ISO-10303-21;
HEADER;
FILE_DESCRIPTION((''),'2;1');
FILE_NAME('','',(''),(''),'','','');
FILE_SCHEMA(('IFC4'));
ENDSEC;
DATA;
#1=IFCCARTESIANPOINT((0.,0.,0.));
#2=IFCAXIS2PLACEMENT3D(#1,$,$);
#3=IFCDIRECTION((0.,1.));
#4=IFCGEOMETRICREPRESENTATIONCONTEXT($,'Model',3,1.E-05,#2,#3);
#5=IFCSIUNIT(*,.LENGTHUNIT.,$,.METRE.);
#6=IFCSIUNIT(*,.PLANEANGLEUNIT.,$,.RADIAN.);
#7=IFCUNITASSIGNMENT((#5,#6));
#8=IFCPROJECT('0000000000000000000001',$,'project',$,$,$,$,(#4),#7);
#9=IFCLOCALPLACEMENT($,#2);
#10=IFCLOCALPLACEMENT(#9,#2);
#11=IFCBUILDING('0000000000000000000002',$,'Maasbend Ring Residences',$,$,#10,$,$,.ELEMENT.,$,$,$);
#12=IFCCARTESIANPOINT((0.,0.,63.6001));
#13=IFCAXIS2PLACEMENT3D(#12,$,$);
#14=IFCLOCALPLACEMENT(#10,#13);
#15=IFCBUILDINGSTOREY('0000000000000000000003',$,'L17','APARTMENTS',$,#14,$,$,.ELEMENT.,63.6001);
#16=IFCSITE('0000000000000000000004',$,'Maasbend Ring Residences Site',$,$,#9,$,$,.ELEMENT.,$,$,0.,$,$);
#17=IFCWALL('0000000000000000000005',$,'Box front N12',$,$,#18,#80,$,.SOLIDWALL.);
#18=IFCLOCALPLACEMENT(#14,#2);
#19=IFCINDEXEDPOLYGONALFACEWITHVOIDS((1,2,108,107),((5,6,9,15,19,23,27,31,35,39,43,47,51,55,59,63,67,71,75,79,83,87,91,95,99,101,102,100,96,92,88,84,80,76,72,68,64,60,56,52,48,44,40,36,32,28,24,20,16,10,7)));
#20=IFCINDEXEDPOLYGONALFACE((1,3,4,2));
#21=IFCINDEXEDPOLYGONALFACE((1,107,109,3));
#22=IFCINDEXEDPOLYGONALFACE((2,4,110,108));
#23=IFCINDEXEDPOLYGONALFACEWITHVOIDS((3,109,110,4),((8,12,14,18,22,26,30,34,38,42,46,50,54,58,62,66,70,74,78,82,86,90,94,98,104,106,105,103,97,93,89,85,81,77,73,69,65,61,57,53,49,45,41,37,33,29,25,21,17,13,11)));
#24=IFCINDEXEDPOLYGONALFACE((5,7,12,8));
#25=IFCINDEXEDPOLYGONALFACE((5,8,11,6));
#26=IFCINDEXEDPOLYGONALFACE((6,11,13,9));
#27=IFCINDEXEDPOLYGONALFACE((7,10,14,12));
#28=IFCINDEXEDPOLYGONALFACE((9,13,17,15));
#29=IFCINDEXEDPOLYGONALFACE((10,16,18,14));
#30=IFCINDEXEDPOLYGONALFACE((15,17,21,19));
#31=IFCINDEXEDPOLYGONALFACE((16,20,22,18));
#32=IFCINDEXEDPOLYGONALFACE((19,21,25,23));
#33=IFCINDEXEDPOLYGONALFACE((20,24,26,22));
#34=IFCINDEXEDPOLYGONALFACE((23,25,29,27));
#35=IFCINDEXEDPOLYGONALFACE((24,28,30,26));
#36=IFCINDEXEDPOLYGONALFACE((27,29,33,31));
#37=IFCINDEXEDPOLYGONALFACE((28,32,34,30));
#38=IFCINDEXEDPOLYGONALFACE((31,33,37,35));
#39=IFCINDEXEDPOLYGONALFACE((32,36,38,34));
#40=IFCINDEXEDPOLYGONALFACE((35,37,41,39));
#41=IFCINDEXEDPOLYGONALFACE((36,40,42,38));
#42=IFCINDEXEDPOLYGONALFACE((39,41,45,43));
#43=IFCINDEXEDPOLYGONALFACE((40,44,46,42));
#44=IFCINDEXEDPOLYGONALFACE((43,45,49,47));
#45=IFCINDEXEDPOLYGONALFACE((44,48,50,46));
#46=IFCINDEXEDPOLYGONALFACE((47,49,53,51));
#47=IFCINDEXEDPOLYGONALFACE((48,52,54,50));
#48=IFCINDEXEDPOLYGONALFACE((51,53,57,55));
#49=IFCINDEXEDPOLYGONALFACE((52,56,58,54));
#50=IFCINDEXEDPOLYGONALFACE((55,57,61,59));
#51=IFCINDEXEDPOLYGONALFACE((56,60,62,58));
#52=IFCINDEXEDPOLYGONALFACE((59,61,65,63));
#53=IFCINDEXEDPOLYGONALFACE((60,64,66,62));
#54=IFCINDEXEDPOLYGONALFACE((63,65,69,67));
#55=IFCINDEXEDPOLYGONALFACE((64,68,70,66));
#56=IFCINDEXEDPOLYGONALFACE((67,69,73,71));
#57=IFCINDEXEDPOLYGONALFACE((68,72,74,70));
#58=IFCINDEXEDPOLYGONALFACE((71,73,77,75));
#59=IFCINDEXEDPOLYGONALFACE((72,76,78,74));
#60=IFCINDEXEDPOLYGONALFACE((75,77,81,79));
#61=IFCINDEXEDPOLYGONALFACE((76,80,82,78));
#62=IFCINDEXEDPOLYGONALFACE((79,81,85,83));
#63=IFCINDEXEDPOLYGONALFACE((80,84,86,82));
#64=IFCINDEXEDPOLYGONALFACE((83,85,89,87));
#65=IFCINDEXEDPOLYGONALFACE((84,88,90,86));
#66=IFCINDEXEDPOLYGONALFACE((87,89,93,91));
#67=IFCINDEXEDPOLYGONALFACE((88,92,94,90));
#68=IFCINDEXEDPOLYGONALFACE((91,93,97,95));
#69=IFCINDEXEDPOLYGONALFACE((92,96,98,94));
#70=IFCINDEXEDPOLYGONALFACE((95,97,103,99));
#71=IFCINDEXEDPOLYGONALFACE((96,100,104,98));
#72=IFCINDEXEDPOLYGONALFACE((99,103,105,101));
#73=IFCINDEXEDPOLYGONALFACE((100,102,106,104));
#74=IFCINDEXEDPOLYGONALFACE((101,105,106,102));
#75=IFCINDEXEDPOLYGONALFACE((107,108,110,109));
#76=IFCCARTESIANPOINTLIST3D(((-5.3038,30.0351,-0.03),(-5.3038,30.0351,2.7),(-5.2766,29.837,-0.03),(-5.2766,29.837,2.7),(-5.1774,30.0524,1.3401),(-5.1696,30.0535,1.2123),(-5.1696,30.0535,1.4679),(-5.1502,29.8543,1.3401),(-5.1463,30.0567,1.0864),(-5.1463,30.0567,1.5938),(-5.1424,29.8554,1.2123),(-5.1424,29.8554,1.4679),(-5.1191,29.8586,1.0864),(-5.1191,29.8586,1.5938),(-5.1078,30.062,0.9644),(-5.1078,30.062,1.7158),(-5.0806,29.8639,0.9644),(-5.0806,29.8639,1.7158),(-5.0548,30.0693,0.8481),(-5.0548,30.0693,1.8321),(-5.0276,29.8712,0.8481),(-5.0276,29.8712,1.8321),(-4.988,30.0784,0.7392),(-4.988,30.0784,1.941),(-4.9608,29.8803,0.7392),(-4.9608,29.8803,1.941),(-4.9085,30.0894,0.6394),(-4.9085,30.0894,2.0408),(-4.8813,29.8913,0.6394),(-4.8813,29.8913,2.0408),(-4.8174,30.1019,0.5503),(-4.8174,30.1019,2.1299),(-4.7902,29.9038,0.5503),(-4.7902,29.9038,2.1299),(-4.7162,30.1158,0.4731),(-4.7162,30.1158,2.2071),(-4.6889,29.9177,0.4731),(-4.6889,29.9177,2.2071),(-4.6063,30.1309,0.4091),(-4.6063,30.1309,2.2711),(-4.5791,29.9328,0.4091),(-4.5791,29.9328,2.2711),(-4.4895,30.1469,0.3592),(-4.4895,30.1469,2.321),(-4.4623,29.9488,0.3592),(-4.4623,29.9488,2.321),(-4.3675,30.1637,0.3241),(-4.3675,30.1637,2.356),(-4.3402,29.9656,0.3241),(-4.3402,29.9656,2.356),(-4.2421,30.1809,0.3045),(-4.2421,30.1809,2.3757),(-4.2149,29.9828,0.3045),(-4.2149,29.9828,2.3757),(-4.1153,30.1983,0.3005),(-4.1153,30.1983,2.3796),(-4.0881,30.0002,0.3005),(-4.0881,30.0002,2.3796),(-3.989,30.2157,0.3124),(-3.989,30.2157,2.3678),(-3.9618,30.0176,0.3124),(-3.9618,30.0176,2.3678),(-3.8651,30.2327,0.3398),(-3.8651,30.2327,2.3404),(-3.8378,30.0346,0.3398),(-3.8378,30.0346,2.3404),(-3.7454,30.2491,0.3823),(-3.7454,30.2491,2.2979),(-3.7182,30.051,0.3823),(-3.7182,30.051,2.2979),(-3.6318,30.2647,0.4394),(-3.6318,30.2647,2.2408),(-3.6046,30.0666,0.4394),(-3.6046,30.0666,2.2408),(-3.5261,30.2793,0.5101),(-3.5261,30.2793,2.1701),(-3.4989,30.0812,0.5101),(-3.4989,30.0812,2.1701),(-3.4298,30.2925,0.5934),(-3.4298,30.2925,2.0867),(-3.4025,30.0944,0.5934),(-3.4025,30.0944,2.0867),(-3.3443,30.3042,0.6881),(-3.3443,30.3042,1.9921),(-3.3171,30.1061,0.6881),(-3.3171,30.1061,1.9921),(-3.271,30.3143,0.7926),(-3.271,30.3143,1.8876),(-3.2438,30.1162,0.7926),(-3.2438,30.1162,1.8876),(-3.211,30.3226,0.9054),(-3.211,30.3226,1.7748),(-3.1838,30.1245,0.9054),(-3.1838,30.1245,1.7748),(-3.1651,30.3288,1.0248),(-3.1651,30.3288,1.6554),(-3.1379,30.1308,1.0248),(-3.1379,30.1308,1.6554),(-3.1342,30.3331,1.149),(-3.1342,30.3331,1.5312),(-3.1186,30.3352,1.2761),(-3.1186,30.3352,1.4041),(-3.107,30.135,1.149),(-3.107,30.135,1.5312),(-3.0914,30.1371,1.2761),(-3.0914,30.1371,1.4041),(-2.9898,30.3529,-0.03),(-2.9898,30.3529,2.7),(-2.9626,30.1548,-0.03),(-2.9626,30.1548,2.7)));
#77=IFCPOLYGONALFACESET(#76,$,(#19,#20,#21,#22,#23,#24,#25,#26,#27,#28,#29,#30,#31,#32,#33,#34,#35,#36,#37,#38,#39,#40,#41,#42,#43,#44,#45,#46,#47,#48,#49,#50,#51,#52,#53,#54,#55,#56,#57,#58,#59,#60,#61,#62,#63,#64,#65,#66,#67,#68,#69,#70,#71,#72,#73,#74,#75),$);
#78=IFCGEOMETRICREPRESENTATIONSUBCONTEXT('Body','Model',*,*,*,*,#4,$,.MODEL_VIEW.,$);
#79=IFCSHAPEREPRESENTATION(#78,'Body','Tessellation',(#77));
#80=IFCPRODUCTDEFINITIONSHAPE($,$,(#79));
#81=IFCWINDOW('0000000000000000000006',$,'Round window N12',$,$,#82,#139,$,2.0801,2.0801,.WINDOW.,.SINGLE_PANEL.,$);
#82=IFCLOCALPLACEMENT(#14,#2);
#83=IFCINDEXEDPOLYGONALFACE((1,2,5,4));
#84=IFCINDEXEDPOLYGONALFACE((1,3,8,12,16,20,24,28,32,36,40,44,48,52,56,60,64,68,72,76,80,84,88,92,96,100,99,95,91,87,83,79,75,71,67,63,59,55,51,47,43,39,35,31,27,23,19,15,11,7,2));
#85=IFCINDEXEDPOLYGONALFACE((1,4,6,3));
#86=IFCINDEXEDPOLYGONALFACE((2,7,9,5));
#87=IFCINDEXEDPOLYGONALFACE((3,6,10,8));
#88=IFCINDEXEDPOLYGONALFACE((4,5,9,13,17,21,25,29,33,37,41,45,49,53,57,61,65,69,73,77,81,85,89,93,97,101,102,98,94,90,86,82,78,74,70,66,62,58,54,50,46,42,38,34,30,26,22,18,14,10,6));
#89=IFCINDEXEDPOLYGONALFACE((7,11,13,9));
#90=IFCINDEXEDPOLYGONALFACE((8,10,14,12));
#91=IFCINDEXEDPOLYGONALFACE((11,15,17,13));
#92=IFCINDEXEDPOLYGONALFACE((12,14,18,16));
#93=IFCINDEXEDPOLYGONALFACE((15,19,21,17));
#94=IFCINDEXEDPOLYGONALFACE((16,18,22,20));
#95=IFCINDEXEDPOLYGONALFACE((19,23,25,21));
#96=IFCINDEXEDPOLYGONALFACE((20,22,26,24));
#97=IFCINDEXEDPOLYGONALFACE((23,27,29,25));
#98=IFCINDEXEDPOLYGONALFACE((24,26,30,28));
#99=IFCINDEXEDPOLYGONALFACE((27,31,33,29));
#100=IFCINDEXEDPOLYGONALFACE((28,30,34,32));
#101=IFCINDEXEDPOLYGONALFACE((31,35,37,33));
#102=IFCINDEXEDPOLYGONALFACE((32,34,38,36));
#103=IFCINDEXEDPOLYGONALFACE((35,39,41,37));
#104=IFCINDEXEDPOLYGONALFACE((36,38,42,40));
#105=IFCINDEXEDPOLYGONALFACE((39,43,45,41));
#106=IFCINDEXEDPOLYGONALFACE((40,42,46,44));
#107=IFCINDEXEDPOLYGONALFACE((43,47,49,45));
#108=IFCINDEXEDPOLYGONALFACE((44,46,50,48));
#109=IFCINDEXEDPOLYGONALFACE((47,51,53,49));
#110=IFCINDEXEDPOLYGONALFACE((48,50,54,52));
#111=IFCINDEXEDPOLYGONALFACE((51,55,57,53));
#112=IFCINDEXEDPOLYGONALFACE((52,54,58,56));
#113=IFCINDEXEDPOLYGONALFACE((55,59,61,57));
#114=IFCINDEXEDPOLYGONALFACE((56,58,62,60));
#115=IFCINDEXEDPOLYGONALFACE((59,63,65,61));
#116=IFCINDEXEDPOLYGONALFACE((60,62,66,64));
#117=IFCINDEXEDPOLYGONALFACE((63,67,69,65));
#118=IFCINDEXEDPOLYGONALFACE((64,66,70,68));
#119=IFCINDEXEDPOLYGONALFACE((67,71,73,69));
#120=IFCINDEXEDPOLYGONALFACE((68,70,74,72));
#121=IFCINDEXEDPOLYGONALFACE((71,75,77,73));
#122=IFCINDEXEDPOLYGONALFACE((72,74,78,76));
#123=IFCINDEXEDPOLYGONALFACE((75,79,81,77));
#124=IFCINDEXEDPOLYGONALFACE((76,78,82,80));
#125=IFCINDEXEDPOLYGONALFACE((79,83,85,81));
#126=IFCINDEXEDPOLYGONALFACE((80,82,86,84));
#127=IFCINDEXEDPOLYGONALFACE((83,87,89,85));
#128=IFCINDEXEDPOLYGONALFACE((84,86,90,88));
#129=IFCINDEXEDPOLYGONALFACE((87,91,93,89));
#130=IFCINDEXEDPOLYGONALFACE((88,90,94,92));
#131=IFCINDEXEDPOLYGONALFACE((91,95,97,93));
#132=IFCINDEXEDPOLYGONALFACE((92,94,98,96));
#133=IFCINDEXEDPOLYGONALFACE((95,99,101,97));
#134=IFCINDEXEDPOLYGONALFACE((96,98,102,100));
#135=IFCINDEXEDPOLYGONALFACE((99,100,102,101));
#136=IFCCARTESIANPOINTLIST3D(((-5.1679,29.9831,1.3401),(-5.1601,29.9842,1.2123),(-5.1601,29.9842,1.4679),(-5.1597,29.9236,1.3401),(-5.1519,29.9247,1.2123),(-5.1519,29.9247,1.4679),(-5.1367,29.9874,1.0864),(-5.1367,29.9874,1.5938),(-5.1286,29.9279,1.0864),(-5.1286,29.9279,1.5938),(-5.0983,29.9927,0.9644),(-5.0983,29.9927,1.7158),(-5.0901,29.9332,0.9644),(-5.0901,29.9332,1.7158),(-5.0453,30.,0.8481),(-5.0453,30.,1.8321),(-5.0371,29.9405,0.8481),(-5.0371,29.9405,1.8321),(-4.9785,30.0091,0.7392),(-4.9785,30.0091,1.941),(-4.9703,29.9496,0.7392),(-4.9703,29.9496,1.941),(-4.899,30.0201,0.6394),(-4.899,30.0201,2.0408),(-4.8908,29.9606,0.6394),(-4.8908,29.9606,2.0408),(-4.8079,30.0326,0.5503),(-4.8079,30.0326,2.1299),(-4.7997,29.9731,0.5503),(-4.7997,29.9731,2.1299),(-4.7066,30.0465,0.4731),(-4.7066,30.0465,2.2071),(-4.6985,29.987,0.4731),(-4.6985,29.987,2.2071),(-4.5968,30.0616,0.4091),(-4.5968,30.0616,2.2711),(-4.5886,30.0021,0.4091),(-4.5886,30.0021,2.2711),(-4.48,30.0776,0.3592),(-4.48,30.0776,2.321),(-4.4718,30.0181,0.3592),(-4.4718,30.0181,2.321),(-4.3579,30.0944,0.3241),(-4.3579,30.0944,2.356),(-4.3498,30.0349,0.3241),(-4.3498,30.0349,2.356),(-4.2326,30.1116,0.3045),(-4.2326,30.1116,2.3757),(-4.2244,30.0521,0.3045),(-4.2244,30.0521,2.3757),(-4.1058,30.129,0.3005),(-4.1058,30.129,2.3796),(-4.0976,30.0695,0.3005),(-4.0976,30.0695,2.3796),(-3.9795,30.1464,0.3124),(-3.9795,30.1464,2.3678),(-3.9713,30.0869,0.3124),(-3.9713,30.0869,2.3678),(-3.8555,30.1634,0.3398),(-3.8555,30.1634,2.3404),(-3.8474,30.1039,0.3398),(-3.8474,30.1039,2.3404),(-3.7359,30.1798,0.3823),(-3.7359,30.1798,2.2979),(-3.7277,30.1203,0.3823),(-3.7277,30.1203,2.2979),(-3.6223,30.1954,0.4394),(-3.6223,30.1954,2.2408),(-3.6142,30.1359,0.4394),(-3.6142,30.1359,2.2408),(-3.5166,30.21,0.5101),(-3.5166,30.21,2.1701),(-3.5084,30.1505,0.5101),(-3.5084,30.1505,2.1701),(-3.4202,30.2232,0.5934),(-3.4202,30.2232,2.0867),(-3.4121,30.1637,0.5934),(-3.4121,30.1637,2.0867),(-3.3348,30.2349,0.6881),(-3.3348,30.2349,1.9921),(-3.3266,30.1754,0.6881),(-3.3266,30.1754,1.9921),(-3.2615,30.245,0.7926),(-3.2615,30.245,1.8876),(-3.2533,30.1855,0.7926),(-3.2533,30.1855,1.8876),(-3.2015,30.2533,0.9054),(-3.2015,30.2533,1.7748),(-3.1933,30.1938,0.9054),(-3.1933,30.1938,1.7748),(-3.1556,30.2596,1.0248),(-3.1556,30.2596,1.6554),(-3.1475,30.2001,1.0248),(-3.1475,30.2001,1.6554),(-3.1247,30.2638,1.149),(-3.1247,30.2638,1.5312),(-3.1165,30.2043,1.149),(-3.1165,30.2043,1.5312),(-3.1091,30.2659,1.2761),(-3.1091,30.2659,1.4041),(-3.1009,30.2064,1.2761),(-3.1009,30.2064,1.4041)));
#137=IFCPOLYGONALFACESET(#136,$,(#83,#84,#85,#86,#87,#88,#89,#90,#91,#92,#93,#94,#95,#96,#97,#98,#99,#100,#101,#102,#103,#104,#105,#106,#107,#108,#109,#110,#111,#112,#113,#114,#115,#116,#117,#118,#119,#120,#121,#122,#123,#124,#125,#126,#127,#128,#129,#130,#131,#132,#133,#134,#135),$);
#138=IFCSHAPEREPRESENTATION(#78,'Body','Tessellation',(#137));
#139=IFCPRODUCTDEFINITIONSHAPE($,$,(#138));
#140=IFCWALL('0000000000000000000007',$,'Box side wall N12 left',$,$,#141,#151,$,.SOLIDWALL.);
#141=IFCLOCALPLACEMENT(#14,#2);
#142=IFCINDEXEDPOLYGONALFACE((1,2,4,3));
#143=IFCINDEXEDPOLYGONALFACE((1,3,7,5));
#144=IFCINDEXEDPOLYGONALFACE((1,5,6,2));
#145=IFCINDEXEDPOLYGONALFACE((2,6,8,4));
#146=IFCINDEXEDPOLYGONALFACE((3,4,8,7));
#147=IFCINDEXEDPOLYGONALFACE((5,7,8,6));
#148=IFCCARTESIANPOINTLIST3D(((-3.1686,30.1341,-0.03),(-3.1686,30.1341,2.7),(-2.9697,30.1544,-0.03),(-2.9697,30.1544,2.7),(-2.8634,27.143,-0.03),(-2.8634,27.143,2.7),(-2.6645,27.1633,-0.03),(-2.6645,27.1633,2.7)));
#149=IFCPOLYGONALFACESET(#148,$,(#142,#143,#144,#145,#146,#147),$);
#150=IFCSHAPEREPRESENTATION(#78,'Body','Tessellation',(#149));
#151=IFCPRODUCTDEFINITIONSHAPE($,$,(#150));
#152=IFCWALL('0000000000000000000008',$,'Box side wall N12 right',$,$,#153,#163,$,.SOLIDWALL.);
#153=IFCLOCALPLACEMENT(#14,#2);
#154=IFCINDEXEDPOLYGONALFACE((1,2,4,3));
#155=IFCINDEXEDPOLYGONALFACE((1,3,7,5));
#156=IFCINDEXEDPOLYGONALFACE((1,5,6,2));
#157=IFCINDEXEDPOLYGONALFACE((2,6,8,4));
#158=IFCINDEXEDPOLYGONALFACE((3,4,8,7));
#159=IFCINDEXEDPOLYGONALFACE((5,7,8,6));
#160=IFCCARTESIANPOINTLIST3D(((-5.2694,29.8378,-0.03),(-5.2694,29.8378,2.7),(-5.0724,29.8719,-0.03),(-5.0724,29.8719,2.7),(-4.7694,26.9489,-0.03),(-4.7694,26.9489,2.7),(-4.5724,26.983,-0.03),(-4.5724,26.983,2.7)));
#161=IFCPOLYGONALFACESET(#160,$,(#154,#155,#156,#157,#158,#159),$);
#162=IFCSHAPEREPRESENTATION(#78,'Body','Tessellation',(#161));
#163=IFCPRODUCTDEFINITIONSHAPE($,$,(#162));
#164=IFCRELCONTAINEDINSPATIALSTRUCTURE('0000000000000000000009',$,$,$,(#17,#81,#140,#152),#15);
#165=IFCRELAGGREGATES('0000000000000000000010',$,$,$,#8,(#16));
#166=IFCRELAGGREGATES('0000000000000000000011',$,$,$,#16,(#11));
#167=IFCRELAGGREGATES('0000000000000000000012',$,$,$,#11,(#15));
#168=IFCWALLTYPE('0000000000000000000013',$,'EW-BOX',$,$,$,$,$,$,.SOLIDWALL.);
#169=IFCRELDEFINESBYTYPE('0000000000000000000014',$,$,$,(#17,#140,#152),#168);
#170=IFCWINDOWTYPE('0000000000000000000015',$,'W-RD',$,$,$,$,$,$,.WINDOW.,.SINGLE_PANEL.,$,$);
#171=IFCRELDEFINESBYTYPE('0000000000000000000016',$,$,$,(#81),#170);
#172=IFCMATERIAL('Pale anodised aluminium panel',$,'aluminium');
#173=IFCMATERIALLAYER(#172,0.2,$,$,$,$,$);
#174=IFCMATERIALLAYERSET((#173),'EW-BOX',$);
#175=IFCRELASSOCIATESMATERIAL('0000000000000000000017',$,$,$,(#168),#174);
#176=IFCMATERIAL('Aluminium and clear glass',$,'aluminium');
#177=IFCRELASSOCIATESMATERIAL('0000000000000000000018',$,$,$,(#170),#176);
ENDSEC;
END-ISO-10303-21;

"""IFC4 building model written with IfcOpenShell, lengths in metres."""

from ifc_helpers import new_model, si_unit, direction, frame, frame_2d, origin, place, context, subcontext, project, spatial, rectangle, circle, extrude, material, layer, layer_set, type_object, element, fill, save


model = new_model("IFC4")

# Units and contexts
model_context = context("Model", 3, precision=1e-05, world=origin(), true_north=direction((0.0, 1.0)))
body_context = subcontext(model_context, "Body", "Model", "MODEL_VIEW")
ifc_project = project(units=[si_unit("LENGTHUNIT", "METRE"), si_unit("PLANEANGLEUNIT", "RADIAN")], contexts=[model_context])

# Site, building, storey
site_placement = place(None, origin())
site = spatial("IfcSite", under=ifc_project, at=site_placement, Name="Maasbend Ring Residences Site", CompositionType="ELEMENT", RefElevation=0.0)
building_placement = place(site_placement, origin())
building = spatial("IfcBuilding", under=site, at=building_placement, Name="Maasbend Ring Residences", CompositionType="ELEMENT")
storey_placement = place(building_placement, frame((0.0, 0.0, 63.6001)))
storey = spatial("IfcBuildingStorey", under=building, at=storey_placement, Name="L17", Description="APARTMENTS", CompositionType="ELEMENT", Elevation=63.6001)

# Wall, opening, window
ifc_material_1 = material(Name="Pale anodised aluminium panel", Category="aluminium")
ifc_layer_1 = layer(ifc_material_1, 0.2)
ifc_layer_set_1 = layer_set([ifc_layer_1], Name="EW-BOX")
wall_type_1 = type_object("IfcWallType", Name="EW-BOX", PredefinedType="SOLIDWALL", material=ifc_layer_set_1)
wall_1_placement = place(storey_placement, frame((-2.9761, 30.2539, -0.03), z_axis=(0.0, 0.0, 1.0), x_axis=(-0.990696, -0.136093, 0.0)))
wall_1 = element("IfcWall", 1, at=wall_1_placement, inside=storey, type_object=wall_type_1, Name="Box front N12", PredefinedType="SOLIDWALL", context=body_context, shape_type="SweptSolid", body=[
    extrude(rectangle(XDim=2.3357, YDim=0.2, at=frame_2d((1.168, 0.0))), origin(), (0.0, 0.0, 1.0), 2.73),
])
opening_1_placement = place(wall_1_placement, frame((0.1282, 0.0, 0.3301)))
opening_1 = element("IfcOpeningElement", 2, at=opening_1_placement, cuts=wall_1, PredefinedType="OPENING", context=body_context, shape_type="SweptSolid", body=[
    extrude(circle(Radius=1.04, at=frame_2d((1.04, 1.04))), frame((0.0, 0.1099, 0.0), z_axis=(0.0, -1.0, 0.0), x_axis=(1.0, 0.0, 0.0)), (0.0, 0.0, 1.0), 0.22),
])
ifc_material_2 = material(Name="Aluminium and clear glass", Category="aluminium")
window_type_1 = type_object("IfcWindowType", Name="W-RD", PartitioningType="SINGLE_PANEL", PredefinedType="WINDOW", material=ifc_material_2)
window_1_placement = place(opening_1_placement, origin())
window_1 = element("IfcWindow", 3, at=window_1_placement, inside=storey, type_object=window_type_1, Name="Round window N12", OverallHeight=2.0801, OverallWidth=2.0801, PartitioningType="SINGLE_PANEL", PredefinedType="WINDOW", context=body_context, shape_type="SweptSolid", body=[
    extrude(circle(Radius=1.04, at=frame_2d((1.04, 1.04))), frame((0.0, 0.03, 0.0), z_axis=(0.0, -1.0, 0.0), x_axis=(1.0, 0.0, 0.0)), (0.0, 0.0, 1.0), 0.0601),
])
fill(opening_1, window_1)

# Walls
wall_2_placement = place(storey_placement, frame((-2.7639, 27.1531, -0.03), z_axis=(0.0, 0.0, 1.0), x_axis=(-0.101505, 0.994835, 0.0)))
element("IfcWall", 4, at=wall_2_placement, inside=storey, type_object=wall_type_1, Name="Box side wall N12 left", PredefinedType="SOLIDWALL", context=body_context, shape_type="SweptSolid", body=[
    extrude(rectangle(XDim=3.0066, YDim=0.2, at=frame_2d((1.5034, 0.0))), origin(), (0.0, 0.0, 1.0), 2.73),
])
wall_3_placement = place(storey_placement, frame((-4.6709, 26.9661, -0.03), z_axis=(0.0, 0.0, 1.0), x_axis=(-0.17054, 0.985351, 0.0)))
element("IfcWall", 5, at=wall_3_placement, inside=storey, type_object=wall_type_1, Name="Box side wall N12 right", PredefinedType="SOLIDWALL", context=body_context, shape_type="SweptSolid", body=[
    extrude(rectangle(XDim=2.9319, YDim=0.2, at=frame_2d((1.4658, 0.0))), origin(), (0.0, 0.0, 1.0), 2.73),
])

save(model, "model.ifc")
